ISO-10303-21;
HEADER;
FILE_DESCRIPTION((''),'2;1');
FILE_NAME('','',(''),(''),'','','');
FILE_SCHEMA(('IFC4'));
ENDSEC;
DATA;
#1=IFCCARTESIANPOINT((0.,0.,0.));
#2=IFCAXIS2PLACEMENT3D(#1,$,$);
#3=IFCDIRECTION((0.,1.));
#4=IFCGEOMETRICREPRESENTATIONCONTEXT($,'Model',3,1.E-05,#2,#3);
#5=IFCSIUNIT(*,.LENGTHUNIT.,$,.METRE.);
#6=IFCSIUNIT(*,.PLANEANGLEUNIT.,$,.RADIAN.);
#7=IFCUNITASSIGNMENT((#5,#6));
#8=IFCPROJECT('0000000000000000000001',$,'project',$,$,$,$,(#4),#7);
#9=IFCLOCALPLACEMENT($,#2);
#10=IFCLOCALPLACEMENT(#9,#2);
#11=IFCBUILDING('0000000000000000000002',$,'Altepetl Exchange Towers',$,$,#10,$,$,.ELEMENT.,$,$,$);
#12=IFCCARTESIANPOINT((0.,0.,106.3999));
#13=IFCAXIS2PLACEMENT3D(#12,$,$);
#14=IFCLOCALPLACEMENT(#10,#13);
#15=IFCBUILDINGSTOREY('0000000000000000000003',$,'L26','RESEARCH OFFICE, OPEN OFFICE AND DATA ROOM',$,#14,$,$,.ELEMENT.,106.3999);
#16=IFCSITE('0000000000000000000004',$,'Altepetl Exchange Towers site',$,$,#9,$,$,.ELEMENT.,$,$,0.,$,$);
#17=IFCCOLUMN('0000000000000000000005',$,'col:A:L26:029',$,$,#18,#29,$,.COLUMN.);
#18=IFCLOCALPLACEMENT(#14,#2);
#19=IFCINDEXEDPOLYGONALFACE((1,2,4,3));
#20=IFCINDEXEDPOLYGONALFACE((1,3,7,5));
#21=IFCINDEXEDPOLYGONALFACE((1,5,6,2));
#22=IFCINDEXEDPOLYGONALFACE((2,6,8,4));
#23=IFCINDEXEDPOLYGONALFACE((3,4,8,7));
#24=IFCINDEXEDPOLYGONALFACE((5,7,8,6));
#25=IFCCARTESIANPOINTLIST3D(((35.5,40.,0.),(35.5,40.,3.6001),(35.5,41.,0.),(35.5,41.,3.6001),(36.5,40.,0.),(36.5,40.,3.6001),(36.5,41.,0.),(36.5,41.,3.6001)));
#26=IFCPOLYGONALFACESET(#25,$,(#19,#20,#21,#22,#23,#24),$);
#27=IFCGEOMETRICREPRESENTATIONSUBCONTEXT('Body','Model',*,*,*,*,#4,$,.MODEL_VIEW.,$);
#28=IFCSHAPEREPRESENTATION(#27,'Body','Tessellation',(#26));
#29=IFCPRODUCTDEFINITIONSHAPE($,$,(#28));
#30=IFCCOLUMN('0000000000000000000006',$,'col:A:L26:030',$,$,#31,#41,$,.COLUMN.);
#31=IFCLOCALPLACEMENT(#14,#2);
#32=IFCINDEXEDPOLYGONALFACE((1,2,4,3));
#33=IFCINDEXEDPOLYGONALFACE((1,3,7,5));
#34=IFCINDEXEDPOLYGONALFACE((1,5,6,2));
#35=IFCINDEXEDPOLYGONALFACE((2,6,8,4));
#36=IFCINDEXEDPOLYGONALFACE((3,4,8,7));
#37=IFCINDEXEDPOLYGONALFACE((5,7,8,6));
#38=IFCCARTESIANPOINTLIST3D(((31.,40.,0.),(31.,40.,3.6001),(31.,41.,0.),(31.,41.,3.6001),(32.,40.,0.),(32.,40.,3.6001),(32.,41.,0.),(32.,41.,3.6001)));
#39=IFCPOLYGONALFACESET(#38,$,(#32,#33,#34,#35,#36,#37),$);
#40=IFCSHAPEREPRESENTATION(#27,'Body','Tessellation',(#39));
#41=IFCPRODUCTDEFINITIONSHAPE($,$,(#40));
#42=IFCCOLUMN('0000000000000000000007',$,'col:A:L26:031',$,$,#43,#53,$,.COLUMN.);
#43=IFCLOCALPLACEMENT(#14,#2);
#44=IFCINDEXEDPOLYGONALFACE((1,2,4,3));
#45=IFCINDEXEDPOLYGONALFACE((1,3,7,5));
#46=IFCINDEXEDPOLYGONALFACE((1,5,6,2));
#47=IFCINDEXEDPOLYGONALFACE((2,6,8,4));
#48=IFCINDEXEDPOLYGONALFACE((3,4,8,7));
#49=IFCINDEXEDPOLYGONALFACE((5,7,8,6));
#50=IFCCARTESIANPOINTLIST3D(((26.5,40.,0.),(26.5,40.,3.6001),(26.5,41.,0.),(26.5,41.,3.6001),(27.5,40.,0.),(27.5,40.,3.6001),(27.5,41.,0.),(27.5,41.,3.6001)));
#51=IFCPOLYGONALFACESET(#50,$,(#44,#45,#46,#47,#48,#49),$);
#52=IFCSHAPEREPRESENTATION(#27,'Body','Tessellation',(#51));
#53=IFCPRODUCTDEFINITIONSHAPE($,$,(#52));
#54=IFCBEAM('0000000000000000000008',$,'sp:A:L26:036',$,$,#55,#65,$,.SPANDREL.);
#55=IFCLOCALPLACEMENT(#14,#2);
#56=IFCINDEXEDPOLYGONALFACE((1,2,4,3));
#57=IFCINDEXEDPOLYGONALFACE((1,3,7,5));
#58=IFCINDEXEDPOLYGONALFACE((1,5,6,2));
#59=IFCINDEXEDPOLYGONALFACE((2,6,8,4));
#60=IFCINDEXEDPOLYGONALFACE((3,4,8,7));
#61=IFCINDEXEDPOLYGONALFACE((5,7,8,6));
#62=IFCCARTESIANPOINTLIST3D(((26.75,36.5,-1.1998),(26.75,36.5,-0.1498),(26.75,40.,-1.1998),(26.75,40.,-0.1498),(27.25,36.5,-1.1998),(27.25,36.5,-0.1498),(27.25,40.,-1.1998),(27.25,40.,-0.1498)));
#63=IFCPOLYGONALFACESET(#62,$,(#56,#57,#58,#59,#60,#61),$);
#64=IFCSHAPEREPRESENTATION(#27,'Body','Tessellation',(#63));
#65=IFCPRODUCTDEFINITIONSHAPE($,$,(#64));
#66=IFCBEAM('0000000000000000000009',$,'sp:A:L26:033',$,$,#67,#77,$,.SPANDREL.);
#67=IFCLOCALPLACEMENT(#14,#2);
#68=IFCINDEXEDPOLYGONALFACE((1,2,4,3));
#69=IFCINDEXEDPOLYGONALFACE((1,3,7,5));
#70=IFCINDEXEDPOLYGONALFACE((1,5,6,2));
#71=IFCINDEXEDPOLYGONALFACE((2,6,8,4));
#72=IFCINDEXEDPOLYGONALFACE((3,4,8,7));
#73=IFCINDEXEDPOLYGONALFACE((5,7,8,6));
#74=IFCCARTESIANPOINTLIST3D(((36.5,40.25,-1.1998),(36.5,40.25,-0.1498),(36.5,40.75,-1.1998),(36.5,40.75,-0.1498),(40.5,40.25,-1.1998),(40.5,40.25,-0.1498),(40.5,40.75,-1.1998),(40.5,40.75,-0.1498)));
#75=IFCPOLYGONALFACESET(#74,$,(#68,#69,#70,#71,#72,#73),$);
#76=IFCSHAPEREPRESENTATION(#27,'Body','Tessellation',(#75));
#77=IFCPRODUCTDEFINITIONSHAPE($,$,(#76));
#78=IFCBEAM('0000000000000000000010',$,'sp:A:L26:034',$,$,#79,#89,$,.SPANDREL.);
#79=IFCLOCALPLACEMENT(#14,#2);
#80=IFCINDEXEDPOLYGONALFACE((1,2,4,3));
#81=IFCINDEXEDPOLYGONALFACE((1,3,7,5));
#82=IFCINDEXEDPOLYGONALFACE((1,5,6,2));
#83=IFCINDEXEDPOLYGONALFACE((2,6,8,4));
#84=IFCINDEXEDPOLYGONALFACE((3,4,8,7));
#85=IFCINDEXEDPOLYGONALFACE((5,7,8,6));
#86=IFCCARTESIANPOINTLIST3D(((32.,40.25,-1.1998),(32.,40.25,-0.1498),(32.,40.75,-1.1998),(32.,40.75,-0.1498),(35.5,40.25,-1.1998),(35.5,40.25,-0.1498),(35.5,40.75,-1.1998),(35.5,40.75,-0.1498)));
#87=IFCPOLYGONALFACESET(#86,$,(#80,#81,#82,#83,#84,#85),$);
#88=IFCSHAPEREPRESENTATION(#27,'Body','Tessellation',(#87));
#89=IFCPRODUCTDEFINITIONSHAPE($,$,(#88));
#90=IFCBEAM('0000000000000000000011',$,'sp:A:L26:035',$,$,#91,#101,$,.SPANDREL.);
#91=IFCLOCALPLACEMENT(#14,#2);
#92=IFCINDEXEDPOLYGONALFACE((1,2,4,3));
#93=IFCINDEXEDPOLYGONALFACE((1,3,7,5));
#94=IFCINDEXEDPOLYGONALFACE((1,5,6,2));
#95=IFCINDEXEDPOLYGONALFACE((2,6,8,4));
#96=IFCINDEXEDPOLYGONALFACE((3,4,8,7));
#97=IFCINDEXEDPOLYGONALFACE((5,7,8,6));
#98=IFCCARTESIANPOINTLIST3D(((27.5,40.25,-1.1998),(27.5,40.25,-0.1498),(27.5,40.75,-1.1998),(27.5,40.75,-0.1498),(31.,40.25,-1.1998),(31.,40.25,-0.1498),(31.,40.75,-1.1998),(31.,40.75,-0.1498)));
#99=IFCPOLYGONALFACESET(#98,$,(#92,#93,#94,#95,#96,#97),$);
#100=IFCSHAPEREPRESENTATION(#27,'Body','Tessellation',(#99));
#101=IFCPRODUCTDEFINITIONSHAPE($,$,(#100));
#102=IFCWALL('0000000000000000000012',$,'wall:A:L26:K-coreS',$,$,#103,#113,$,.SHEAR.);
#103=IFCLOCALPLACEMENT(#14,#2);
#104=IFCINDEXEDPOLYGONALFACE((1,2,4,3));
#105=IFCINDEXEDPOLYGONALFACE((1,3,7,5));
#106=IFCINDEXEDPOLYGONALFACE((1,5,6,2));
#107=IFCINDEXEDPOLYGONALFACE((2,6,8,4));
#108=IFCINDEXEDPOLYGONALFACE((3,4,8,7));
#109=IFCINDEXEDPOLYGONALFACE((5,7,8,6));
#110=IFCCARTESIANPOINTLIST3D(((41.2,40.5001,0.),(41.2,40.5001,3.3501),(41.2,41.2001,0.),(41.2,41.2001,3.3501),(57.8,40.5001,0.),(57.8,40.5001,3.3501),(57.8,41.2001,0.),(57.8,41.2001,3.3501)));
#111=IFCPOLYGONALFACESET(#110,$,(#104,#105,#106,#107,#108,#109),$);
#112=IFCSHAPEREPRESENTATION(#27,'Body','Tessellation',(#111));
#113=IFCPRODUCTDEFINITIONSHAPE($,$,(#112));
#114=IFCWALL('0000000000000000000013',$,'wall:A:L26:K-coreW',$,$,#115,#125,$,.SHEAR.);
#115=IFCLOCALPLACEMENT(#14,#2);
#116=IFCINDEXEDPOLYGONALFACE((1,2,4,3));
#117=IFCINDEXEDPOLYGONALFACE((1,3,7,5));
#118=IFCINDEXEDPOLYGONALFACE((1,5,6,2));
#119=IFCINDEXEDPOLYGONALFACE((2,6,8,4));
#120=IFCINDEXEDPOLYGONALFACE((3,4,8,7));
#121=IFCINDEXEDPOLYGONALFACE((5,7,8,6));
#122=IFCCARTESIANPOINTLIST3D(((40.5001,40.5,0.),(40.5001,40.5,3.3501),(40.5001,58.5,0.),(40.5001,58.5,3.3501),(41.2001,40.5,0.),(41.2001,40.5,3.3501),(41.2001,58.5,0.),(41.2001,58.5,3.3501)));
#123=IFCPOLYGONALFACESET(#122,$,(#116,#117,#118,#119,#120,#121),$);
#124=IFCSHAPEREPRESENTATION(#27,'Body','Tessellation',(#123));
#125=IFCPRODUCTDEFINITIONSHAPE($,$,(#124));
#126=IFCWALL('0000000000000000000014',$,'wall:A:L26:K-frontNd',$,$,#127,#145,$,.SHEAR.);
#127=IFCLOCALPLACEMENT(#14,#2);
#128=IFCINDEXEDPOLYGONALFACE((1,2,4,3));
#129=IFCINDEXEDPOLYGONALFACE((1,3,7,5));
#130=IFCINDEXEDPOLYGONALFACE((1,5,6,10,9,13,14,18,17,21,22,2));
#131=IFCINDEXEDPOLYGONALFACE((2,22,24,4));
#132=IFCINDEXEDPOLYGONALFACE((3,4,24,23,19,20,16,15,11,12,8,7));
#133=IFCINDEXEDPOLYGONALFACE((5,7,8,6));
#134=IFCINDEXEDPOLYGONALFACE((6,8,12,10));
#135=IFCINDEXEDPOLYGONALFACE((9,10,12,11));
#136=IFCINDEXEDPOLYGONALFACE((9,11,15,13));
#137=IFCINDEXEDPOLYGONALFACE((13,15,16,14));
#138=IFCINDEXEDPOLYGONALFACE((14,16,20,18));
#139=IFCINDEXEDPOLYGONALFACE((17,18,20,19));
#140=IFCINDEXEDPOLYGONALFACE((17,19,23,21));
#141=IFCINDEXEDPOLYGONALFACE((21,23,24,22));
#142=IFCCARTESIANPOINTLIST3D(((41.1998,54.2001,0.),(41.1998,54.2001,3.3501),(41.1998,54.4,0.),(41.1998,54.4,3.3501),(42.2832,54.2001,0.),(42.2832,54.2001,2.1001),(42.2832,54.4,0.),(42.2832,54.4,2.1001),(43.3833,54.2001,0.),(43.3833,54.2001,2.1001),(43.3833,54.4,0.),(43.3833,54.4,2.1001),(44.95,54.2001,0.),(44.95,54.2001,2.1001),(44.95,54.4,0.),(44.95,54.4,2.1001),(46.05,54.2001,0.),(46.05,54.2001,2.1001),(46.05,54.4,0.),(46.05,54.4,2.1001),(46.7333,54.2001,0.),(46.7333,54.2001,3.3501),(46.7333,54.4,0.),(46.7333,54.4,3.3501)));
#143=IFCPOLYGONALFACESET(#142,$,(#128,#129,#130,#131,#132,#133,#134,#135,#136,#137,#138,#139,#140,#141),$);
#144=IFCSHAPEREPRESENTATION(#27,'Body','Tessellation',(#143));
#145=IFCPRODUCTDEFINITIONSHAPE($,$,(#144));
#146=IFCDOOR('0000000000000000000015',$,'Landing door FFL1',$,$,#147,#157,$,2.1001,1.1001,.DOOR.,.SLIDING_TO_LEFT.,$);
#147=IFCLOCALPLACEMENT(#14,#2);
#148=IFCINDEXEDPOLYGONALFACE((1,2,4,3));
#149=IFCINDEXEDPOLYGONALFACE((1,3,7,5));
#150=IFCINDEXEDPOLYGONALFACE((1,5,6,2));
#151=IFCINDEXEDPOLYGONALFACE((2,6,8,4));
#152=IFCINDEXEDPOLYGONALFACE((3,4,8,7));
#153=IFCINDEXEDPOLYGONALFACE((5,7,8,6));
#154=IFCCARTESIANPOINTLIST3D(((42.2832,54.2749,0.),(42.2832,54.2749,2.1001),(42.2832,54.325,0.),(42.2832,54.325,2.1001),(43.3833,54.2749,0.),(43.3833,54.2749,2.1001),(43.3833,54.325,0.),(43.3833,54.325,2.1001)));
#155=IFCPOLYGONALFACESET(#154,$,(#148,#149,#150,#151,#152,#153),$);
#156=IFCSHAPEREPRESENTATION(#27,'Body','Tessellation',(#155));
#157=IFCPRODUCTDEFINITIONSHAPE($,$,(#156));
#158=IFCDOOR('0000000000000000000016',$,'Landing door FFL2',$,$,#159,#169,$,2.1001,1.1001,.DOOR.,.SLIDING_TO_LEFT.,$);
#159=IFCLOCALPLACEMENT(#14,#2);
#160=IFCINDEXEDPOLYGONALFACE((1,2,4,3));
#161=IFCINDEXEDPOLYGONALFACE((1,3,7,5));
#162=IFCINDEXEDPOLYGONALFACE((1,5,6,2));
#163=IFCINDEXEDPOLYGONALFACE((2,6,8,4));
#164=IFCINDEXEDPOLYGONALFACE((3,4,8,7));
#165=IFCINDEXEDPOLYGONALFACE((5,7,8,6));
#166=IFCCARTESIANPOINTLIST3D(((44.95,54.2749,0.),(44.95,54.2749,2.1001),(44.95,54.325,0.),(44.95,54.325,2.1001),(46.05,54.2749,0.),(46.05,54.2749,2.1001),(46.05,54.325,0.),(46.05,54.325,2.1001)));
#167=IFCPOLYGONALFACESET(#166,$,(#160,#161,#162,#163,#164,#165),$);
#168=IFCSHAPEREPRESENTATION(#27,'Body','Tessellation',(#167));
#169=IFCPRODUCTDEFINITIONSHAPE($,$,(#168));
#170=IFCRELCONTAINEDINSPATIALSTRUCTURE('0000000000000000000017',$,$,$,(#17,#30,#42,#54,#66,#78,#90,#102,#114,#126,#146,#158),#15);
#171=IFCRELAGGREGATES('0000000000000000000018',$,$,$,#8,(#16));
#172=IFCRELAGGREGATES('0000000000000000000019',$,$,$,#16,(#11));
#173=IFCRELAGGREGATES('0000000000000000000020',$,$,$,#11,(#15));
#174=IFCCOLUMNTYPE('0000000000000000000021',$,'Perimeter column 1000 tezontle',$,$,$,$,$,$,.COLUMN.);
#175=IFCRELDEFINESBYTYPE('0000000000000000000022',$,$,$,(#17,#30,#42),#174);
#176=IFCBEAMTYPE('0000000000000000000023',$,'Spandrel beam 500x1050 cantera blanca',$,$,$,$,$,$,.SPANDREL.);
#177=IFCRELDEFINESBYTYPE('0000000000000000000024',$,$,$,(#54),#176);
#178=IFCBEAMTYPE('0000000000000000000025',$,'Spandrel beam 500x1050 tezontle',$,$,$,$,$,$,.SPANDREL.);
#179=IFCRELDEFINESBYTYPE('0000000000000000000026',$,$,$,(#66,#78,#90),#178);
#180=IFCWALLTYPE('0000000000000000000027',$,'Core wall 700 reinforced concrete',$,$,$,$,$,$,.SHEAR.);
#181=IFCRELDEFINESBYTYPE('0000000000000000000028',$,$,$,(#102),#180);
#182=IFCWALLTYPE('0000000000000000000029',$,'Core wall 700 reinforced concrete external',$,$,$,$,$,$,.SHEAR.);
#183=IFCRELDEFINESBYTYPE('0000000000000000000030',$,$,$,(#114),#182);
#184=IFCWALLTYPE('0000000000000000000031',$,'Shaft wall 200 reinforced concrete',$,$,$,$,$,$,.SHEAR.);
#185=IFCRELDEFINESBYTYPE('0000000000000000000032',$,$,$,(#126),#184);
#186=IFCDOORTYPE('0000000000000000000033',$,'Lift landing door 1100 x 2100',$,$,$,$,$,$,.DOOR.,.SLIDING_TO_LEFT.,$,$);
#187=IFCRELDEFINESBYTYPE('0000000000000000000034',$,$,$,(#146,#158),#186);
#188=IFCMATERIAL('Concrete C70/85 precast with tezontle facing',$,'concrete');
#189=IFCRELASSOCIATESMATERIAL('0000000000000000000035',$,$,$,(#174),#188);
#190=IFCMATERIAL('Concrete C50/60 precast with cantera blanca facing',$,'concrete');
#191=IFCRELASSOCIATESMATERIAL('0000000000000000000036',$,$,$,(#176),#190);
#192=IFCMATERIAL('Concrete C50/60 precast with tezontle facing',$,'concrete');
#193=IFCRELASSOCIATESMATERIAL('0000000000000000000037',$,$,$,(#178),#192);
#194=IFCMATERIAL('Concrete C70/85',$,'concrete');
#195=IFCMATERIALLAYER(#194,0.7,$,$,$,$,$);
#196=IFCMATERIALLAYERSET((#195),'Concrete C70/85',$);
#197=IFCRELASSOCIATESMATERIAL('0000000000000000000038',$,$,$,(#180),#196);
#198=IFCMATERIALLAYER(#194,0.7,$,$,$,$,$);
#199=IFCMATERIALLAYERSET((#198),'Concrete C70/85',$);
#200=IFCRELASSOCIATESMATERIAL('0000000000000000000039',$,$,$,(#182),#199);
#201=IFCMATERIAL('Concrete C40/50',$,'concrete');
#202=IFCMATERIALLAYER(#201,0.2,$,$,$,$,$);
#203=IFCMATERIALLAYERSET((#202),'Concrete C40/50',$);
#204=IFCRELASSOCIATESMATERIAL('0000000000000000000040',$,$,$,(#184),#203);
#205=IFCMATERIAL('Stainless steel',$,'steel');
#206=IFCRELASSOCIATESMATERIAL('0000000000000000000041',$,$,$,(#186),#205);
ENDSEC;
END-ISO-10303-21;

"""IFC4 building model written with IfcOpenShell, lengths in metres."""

from ifc_helpers import new_model, si_unit, direction, frame, frame_2d, origin, origin_2d, place, context, subcontext, project, spatial, rectangle, extrude, material, layer, layer_set, material_profile, profile_set, type_object, element, fill, save


model = new_model("IFC4")

# Units and contexts
model_context = context("Model", 3, precision=1e-05, world=origin(), true_north=direction((0.0, 1.0)))
body_context = subcontext(model_context, "Body", "Model", "MODEL_VIEW")
ifc_project = project(units=[si_unit("LENGTHUNIT", "METRE"), si_unit("PLANEANGLEUNIT", "RADIAN")], contexts=[model_context])

# Site, building, storey
site_placement = place(None, origin())
site = spatial("IfcSite", under=ifc_project, at=site_placement, Name="Altepetl Exchange Towers site", CompositionType="ELEMENT", RefElevation=0.0)
building_placement = place(site_placement, origin())
building = spatial("IfcBuilding", under=site, at=building_placement, Name="Altepetl Exchange Towers", CompositionType="ELEMENT")
storey_placement = place(building_placement, frame((0.0, 0.0, 106.3999)))
storey = spatial("IfcBuildingStorey", under=building, at=storey_placement, Name="L26", Description="RESEARCH OFFICE, OPEN OFFICE AND DATA ROOM", CompositionType="ELEMENT", Elevation=106.3999)

# Columns
ifc_material_1 = material(Name="Concrete C70/85 precast with tezontle facing", Category="concrete")
ifc_material_profile_1 = material_profile(ifc_material_1, rectangle(XDim=1.0, YDim=1.0, at=origin_2d()), Name="1000 x 1000")
ifc_profile_set_1 = profile_set([ifc_material_profile_1], Name="Concrete C70/85 precast with tezontle facing")
column_type = type_object("IfcColumnType", Name="Perimeter column 1000 tezontle", PredefinedType="COLUMN", material=ifc_profile_set_1)
for number, where, name in (
    (1, (36.0, 40.5, 0.0), "col:A:L26:029"),
    (2, (31.5, 40.5, 0.0), "col:A:L26:030"),
    (3, (27.0, 40.5, 0.0), "col:A:L26:031"),
):
    element("IfcColumn", number, at=place(storey_placement, frame(where)), inside=storey, type_object=column_type, Name=name, PredefinedType="COLUMN", context=body_context, shape_type="SweptSolid", body=[
        extrude(rectangle(XDim=1.0, YDim=1.0, at=origin_2d()), origin(), (0.0, 0.0, 1.0), 3.6001),
    ])

# Beams
ifc_material_2 = material(Name="Concrete C50/60 precast with cantera blanca facing", Category="concrete")
ifc_material_profile_2 = material_profile(ifc_material_2, rectangle(XDim=0.5, YDim=1.05, at=origin_2d()), Name="500 x 1050")
ifc_profile_set_2 = profile_set([ifc_material_profile_2], Name="Concrete C50/60 precast with cantera blanca facing")
beam_type_1 = type_object("IfcBeamType", Name="Spandrel beam 500x1050 cantera blanca", PredefinedType="SPANDREL", material=ifc_profile_set_2)
beam_1_placement = place(storey_placement, frame((27.0, 40.0, -0.6748), z_axis=(0.0, -1.0, 0.0), x_axis=(1.0, 0.0, 0.0)))
element("IfcBeam", 4, at=beam_1_placement, inside=storey, type_object=beam_type_1, Name="sp:A:L26:036", PredefinedType="SPANDREL", context=body_context, shape_type="SweptSolid", body=[
    extrude(rectangle(XDim=0.5, YDim=1.05, at=origin_2d()), origin(), (0.0, 0.0, 1.0), 3.5),
])
ifc_material_3 = material(Name="Concrete C50/60 precast with tezontle facing", Category="concrete")
ifc_material_profile_3 = material_profile(ifc_material_3, rectangle(XDim=0.5, YDim=1.05, at=origin_2d()), Name="500 x 1050")
ifc_profile_set_3 = profile_set([ifc_material_profile_3], Name="Concrete C50/60 precast with tezontle facing")
beam_type_2 = type_object("IfcBeamType", Name="Spandrel beam 500x1050 tezontle", PredefinedType="SPANDREL", material=ifc_profile_set_3)
beam_2_placement = place(storey_placement, frame((40.5, 40.5, -0.6748), z_axis=(-1.0, 0.0, 0.0), x_axis=(0.0, -1.0, 0.0)))
element("IfcBeam", 5, at=beam_2_placement, inside=storey, type_object=beam_type_2, Name="sp:A:L26:033", PredefinedType="SPANDREL", context=body_context, shape_type="SweptSolid", body=[
    extrude(rectangle(XDim=0.5, YDim=1.05, at=origin_2d()), origin(), (0.0, 0.0, 1.0), 4.0),
])
for number, where, z_axis, x_axis, name in (
    (6, (35.5, 40.5, -0.6748), (-1.0, 0.0, 0.0), (0.0, -1.0, 0.0), "sp:A:L26:034"),
    (7, (31.0, 40.5, -0.6748), (-1.0, 0.0, 0.0), (0.0, -1.0, 0.0), "sp:A:L26:035"),
):
    element("IfcBeam", number, at=place(storey_placement, frame(where, z_axis=z_axis, x_axis=x_axis)), inside=storey, type_object=beam_type_2, Name=name, PredefinedType="SPANDREL", context=body_context, shape_type="SweptSolid", body=[
        extrude(rectangle(XDim=0.5, YDim=1.05, at=origin_2d()), origin(), (0.0, 0.0, 1.0), 3.5),
    ])

# Walls
ifc_material_4 = material(Name="Concrete C70/85", Category="concrete")
ifc_layer_1 = layer(ifc_material_4, 0.7)
ifc_layer_set_1 = layer_set([ifc_layer_1], Name="Concrete C70/85")
wall_type_1 = type_object("IfcWallType", Name="Core wall 700 reinforced concrete", PredefinedType="SHEAR", material=ifc_layer_set_1)
wall_1_placement = place(storey_placement, frame((41.2, 40.8501, 0.0)))
element("IfcWall", 8, at=wall_1_placement, inside=storey, type_object=wall_type_1, Name="wall:A:L26:K-coreS", PredefinedType="SHEAR", context=body_context, shape_type="SweptSolid", body=[
    extrude(rectangle(XDim=16.6001, YDim=0.7, at=frame_2d((8.3, 0.0))), origin(), (0.0, 0.0, 1.0), 3.3501),
])
ifc_layer_2 = layer(ifc_material_4, 0.7)
ifc_layer_set_2 = layer_set([ifc_layer_2], Name="Concrete C70/85")
wall_type_2 = type_object("IfcWallType", Name="Core wall 700 reinforced concrete external", PredefinedType="SHEAR", material=ifc_layer_set_2)
wall_2_placement = place(storey_placement, frame((40.8501, 40.5, 0.0), z_axis=(0.0, 0.0, 1.0), x_axis=(0.0, 1.0, 0.0)))
element("IfcWall", 9, at=wall_2_placement, inside=storey, type_object=wall_type_2, Name="wall:A:L26:K-coreW", PredefinedType="SHEAR", context=body_context, shape_type="SweptSolid", body=[
    extrude(rectangle(XDim=18.0, YDim=0.7, at=frame_2d((9.0, 0.0))), origin(), (0.0, 0.0, 1.0), 3.3501),
])

# Wall, openings, doors
ifc_material_5 = material(Name="Concrete C40/50", Category="concrete")
ifc_layer_3 = layer(ifc_material_5, 0.2)
ifc_layer_set_3 = layer_set([ifc_layer_3], Name="Concrete C40/50")
wall_type_3 = type_object("IfcWallType", Name="Shaft wall 200 reinforced concrete", PredefinedType="SHEAR", material=ifc_layer_set_3)
wall_3_placement = place(storey_placement, frame((41.2, 54.3, 0.0)))
wall_3 = element("IfcWall", 10, at=wall_3_placement, inside=storey, type_object=wall_type_3, Name="wall:A:L26:K-frontNd", PredefinedType="SHEAR", context=body_context, shape_type="SweptSolid", body=[
    extrude(rectangle(XDim=5.5334, YDim=0.2, at=frame_2d((2.7666, 0.0))), origin(), (0.0, 0.0, 1.0), 3.3501),
])
opening_1_placement = place(wall_3_placement, frame((1.0833, 0.0, 0.0)))
opening_1 = element("IfcOpeningElement", 11, at=opening_1_placement, cuts=wall_3, PredefinedType="OPENING", context=body_context, shape_type="SweptSolid", body=[
    extrude(rectangle(XDim=1.1001, YDim=2.1001, at=frame_2d((0.55, 1.05))), frame((0.0, 0.1099, 0.0), z_axis=(0.0, -1.0, 0.0), x_axis=(1.0, 0.0, 0.0)), (0.0, 0.0, 1.0), 0.22),
])
opening_2_placement = place(wall_3_placement, frame((3.75, 0.0, 0.0)))
opening_2 = element("IfcOpeningElement", 12, at=opening_2_placement, cuts=wall_3, PredefinedType="OPENING", context=body_context, shape_type="SweptSolid", body=[
    extrude(rectangle(XDim=1.1001, YDim=2.1001, at=frame_2d((0.55, 1.05))), frame((0.0, 0.1099, 0.0), z_axis=(0.0, -1.0, 0.0), x_axis=(1.0, 0.0, 0.0)), (0.0, 0.0, 1.0), 0.22),
])
ifc_material_6 = material(Name="Stainless steel", Category="steel")
door_type_1 = type_object("IfcDoorType", Name="Lift landing door 1100 x 2100", OperationType="SLIDING_TO_LEFT", PredefinedType="DOOR", material=ifc_material_6)
door_1_placement = place(opening_1_placement, origin())
door_1 = element("IfcDoor", 13, at=door_1_placement, inside=storey, type_object=door_type_1, Name="Landing door FFL1", OperationType="SLIDING_TO_LEFT", OverallHeight=2.1001, OverallWidth=1.1001, PredefinedType="DOOR", context=body_context, shape_type="SweptSolid", body=[
    extrude(rectangle(XDim=1.1001, YDim=2.1001, at=frame_2d((0.55, 1.05))), frame((0.0, 0.0249, 0.0), z_axis=(0.0, -1.0, 0.0), x_axis=(1.0, 0.0, 0.0)), (0.0, 0.0, 1.0), 0.05),
])
fill(opening_1, door_1)
door_2_placement = place(opening_2_placement, origin())
door_2 = element("IfcDoor", 14, at=door_2_placement, inside=storey, type_object=door_type_1, Name="Landing door FFL2", OperationType="SLIDING_TO_LEFT", OverallHeight=2.1001, OverallWidth=1.1001, PredefinedType="DOOR", context=body_context, shape_type="SweptSolid", body=[
    extrude(rectangle(XDim=1.1001, YDim=2.1001, at=frame_2d((0.55, 1.05))), frame((0.0, 0.0249, 0.0), z_axis=(0.0, -1.0, 0.0), x_axis=(1.0, 0.0, 0.0)), (0.0, 0.0, 1.0), 0.05),
])
fill(opening_2, door_2)

save(model, "model.ifc")
